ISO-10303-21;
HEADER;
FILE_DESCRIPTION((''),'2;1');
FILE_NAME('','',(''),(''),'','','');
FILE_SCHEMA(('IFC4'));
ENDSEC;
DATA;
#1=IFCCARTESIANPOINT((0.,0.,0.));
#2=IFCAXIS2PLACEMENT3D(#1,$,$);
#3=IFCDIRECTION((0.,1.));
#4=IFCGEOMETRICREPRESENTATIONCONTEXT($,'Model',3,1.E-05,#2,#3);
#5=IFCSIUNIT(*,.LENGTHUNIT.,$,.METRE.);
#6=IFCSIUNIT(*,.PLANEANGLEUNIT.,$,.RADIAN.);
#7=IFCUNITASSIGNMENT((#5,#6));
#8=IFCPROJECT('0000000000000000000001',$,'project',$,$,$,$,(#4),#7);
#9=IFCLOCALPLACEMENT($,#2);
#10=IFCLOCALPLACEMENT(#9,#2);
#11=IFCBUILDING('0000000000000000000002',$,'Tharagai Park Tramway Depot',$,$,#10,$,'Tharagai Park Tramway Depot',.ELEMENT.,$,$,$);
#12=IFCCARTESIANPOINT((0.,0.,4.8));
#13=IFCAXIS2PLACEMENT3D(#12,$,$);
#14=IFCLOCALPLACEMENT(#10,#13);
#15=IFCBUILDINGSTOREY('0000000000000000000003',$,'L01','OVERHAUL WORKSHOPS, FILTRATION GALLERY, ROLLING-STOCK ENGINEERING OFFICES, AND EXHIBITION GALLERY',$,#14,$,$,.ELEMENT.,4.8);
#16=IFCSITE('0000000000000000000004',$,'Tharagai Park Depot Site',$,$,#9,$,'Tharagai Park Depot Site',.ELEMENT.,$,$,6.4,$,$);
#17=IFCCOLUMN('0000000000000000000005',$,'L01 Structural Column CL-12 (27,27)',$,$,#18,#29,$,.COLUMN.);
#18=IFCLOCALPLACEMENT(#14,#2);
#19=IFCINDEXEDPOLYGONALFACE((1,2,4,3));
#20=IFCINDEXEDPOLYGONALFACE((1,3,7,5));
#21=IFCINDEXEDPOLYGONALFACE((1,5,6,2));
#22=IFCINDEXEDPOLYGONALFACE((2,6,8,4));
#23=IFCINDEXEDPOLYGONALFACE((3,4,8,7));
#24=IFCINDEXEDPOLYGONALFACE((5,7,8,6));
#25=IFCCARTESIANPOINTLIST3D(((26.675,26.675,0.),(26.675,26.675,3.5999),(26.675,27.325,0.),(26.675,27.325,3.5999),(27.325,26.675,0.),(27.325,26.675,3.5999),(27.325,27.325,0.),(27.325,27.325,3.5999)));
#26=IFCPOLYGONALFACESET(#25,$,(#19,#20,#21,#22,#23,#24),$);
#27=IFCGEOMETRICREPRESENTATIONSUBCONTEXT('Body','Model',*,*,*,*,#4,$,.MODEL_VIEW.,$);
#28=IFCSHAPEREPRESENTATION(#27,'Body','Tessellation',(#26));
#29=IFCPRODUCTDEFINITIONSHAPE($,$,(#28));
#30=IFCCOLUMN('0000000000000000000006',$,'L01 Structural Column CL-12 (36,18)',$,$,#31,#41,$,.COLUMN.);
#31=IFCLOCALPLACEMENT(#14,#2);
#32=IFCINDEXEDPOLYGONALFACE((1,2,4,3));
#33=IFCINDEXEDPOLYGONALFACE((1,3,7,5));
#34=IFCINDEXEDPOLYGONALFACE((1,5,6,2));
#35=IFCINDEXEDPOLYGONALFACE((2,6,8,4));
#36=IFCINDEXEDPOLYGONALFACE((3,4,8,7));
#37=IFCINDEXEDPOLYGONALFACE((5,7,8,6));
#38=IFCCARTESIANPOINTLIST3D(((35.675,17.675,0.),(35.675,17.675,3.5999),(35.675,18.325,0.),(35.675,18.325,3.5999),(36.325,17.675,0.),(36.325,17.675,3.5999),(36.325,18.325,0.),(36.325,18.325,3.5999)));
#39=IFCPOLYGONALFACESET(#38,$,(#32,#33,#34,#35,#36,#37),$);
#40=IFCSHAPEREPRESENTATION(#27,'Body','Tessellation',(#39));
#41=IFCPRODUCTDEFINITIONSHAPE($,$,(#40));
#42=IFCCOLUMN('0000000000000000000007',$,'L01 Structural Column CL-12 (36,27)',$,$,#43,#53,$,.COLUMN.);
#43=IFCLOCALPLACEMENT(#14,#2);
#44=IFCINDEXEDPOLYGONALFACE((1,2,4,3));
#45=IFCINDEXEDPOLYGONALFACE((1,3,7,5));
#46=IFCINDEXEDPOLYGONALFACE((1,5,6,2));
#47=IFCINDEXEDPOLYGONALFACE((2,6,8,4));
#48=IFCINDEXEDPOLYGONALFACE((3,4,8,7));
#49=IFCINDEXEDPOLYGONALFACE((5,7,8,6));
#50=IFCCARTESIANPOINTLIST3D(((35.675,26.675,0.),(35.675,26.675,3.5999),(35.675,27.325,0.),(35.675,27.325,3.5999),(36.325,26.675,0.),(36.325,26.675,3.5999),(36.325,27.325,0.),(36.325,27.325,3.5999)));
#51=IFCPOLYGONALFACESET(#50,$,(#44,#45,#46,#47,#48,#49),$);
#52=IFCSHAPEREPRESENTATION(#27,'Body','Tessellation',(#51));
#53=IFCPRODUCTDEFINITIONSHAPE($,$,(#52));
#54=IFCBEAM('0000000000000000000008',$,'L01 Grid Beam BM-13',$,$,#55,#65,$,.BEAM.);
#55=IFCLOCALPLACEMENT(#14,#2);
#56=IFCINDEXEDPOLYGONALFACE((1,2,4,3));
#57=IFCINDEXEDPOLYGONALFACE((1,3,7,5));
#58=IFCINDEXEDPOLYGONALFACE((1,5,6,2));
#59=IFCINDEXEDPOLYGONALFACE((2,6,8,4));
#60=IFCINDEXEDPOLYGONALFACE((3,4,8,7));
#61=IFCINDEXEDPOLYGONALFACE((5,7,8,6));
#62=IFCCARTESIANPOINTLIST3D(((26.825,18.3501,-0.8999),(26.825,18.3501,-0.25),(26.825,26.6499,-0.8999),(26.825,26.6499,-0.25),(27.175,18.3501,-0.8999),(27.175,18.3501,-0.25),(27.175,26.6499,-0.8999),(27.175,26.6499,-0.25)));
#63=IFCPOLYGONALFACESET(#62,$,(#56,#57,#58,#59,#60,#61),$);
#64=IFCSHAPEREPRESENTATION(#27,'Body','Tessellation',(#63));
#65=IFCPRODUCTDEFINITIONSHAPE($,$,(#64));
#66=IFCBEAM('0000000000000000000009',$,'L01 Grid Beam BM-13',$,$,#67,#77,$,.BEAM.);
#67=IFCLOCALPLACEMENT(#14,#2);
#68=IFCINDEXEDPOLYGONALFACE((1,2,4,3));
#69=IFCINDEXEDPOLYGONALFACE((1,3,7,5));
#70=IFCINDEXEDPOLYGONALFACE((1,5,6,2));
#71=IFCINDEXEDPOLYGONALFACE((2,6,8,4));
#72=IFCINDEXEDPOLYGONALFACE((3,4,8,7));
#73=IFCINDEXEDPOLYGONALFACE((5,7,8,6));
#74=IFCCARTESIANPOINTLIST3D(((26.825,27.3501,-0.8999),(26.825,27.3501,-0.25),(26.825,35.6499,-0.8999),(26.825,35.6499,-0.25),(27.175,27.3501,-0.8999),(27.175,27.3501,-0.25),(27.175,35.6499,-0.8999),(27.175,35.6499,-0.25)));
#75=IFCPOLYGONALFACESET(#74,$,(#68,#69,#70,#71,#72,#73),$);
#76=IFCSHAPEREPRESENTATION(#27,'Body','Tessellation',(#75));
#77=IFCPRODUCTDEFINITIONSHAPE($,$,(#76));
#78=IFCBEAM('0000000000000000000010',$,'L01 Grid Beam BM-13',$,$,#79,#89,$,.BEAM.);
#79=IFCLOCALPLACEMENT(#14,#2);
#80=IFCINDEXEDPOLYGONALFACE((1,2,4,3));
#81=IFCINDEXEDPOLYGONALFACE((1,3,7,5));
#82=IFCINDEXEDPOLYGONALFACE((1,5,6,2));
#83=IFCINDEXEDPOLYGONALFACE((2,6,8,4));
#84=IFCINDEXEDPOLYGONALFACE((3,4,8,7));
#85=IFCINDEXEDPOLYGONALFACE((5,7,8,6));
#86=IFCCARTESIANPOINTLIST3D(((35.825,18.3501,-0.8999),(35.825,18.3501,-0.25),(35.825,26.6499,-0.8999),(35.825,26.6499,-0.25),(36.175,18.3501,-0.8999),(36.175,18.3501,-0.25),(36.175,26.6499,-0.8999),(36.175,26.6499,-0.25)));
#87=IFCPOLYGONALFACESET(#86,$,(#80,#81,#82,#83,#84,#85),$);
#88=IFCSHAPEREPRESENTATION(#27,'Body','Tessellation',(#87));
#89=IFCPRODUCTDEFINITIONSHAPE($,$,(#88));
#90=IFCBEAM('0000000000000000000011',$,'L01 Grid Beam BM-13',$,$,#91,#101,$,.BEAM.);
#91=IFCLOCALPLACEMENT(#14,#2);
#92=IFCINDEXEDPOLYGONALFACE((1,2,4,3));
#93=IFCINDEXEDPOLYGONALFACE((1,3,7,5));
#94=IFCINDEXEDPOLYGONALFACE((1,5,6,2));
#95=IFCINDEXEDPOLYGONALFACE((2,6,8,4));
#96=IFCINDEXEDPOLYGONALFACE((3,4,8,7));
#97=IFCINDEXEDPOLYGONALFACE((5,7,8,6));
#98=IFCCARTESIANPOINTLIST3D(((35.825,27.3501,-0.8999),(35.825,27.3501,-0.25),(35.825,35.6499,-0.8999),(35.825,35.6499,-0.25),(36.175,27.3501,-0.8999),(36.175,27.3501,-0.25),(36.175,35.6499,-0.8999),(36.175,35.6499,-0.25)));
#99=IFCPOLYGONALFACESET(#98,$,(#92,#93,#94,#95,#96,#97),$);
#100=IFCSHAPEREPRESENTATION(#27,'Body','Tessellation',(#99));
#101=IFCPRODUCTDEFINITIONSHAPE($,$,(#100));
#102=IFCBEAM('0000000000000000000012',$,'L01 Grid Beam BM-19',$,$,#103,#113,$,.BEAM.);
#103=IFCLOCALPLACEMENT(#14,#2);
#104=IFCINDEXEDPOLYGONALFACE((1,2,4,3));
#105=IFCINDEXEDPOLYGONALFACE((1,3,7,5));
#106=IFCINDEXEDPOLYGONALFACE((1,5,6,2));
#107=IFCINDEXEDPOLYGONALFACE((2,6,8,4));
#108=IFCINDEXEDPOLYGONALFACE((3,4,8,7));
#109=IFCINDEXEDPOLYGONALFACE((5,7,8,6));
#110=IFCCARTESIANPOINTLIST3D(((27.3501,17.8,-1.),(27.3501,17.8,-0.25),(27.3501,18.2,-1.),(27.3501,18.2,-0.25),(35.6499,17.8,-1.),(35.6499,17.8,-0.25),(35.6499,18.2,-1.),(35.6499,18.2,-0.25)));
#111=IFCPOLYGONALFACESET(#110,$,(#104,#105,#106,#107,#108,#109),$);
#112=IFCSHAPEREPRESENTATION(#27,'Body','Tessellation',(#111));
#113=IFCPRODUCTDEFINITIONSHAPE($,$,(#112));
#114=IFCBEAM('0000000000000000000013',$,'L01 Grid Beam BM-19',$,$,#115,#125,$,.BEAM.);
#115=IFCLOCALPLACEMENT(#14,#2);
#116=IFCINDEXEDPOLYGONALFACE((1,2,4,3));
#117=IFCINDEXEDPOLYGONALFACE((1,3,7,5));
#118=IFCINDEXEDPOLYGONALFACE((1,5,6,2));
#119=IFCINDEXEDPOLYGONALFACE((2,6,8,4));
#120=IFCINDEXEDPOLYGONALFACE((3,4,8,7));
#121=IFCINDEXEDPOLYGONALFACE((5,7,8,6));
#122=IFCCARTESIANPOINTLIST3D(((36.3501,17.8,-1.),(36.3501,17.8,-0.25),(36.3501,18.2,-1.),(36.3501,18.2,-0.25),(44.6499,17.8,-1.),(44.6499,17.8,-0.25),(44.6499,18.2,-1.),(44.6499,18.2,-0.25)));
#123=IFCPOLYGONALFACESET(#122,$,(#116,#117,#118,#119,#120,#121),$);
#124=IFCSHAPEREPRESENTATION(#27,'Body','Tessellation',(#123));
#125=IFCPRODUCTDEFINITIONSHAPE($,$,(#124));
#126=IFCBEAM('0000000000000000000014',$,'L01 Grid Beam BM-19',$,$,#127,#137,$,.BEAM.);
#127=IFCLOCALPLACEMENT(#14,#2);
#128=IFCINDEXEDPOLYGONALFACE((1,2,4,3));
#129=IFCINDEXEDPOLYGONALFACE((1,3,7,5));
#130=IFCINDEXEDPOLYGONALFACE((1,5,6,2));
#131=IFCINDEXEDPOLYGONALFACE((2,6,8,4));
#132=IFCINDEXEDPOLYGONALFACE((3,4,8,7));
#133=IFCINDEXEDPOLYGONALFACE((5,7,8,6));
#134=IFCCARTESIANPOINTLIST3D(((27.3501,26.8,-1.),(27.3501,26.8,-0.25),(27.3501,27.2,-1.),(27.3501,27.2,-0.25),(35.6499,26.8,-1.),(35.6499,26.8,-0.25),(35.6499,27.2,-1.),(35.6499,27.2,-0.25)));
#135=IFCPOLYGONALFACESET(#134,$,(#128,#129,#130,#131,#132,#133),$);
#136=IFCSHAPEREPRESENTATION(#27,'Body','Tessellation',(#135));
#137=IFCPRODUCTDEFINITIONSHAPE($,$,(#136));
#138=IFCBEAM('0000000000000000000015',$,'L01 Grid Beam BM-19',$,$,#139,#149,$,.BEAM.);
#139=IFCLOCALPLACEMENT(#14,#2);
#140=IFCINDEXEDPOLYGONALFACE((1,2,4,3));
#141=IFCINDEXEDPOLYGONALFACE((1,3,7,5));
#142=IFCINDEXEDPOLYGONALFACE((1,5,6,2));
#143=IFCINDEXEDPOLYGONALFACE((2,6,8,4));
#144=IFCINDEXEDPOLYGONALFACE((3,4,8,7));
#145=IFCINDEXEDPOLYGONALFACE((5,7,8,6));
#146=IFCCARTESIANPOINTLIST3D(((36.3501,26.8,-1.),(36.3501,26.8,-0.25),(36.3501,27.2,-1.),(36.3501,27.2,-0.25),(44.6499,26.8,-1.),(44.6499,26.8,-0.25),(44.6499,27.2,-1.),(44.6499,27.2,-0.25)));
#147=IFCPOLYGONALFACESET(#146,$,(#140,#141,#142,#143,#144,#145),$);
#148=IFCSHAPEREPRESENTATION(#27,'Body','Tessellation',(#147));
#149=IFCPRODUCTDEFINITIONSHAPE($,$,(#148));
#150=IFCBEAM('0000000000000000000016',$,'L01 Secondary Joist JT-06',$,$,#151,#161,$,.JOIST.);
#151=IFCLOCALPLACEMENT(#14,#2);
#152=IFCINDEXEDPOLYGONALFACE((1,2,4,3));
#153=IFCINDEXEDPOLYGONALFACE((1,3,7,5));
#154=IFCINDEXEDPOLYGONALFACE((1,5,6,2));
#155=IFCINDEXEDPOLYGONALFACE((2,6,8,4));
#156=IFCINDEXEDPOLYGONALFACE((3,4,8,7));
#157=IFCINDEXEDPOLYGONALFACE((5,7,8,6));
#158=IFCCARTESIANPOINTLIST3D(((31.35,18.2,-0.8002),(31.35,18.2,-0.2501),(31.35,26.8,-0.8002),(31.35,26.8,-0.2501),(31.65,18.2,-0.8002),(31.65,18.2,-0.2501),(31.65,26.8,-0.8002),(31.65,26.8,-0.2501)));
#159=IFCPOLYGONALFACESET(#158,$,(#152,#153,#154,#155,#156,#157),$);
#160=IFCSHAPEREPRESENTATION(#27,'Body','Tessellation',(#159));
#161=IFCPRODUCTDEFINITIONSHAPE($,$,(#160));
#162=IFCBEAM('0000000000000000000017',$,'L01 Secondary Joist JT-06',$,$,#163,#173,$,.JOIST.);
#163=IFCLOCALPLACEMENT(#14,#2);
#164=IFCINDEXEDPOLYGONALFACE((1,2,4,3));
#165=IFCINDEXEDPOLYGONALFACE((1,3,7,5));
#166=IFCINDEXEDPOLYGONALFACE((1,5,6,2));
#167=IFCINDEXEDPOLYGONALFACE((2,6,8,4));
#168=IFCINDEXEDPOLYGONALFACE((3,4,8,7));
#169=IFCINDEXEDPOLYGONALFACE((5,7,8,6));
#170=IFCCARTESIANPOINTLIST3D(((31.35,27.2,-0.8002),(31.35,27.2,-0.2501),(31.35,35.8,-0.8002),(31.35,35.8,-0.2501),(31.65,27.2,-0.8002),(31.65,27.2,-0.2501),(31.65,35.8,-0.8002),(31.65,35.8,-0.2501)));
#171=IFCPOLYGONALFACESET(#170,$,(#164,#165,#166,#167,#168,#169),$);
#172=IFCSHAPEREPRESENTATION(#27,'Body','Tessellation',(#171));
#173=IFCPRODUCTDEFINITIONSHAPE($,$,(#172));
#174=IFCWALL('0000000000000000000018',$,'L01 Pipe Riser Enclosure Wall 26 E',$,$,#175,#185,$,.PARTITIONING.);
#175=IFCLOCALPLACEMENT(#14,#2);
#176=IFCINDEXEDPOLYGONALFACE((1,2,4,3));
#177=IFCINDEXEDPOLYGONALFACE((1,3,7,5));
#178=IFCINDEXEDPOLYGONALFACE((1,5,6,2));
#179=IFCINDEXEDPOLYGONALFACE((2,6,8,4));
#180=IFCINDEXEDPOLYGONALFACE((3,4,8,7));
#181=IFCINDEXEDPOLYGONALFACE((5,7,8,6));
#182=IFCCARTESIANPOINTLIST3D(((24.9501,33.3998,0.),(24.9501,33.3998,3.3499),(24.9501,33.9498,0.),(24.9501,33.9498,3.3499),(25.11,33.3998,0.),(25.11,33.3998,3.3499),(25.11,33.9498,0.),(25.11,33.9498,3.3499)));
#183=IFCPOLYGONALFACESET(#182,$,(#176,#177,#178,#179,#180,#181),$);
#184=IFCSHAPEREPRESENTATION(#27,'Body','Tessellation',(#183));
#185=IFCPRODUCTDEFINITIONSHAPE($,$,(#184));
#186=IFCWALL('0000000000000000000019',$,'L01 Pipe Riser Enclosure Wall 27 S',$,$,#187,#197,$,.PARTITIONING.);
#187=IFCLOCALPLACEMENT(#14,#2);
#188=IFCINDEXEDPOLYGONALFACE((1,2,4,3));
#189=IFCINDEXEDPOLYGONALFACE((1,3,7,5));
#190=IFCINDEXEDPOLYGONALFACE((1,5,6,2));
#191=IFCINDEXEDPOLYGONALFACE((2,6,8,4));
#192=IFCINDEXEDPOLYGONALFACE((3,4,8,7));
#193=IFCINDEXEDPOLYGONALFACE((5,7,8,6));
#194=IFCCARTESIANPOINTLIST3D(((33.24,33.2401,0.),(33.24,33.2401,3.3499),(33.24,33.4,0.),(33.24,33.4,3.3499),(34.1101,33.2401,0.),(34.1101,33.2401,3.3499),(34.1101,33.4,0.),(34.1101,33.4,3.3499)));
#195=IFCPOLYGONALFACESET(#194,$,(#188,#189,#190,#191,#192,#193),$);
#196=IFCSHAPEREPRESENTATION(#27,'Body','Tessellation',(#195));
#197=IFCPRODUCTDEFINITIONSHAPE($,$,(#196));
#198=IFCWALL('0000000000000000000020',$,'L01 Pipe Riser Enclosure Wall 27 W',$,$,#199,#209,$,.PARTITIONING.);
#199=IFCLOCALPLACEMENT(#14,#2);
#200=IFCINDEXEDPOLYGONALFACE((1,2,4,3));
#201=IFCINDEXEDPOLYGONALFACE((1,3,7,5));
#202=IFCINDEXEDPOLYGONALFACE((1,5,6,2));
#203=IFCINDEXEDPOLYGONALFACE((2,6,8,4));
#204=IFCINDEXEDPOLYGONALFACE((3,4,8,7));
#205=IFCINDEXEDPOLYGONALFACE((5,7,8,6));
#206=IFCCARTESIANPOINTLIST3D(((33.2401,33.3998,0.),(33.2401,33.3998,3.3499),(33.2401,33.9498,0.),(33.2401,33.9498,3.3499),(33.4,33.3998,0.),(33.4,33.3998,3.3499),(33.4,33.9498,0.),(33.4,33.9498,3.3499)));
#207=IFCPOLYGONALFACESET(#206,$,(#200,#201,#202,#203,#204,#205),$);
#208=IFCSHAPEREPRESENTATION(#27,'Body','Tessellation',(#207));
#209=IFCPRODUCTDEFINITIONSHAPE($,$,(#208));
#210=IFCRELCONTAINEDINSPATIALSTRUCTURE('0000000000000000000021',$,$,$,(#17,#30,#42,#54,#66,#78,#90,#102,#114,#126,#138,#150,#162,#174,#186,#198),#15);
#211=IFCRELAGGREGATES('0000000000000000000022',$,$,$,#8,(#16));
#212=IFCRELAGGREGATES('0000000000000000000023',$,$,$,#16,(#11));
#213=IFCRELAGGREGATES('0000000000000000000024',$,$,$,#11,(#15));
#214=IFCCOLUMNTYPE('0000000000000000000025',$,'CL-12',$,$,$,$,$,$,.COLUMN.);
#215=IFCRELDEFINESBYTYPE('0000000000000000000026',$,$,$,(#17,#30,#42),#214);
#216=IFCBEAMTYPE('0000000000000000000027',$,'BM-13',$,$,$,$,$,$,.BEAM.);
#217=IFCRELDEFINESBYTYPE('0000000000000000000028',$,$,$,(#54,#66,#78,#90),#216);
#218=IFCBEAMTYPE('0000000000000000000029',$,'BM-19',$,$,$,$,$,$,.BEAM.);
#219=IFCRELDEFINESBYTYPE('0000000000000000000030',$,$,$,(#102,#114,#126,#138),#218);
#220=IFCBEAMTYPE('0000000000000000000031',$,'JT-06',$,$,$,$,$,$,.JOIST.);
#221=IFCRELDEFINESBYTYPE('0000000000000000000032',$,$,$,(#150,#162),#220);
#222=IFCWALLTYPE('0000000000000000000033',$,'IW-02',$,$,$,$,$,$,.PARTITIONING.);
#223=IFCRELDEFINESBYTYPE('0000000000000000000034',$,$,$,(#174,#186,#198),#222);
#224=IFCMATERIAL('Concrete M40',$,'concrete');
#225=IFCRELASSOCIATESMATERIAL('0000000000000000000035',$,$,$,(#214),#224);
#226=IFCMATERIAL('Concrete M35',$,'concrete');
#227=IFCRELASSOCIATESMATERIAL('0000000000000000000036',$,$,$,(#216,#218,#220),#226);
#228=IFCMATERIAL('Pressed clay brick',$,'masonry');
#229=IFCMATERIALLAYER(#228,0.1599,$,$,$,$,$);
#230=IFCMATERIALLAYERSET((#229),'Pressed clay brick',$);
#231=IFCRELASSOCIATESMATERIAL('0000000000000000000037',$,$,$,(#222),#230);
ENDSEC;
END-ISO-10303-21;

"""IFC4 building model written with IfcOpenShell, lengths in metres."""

from ifc_helpers import new_model, si_unit, direction, frame, frame_2d, origin, origin_2d, place, context, subcontext, project, spatial, rectangle, extrude, material, layer, layer_set, material_profile, profile_set, type_object, element, save


model = new_model("IFC4")

# Units and contexts
model_context = context("Model", 3, precision=1e-05, world=origin(), true_north=direction((0.0, 1.0)))
body_context = subcontext(model_context, "Body", "Model", "MODEL_VIEW")
ifc_project = project(units=[si_unit("LENGTHUNIT", "METRE"), si_unit("PLANEANGLEUNIT", "RADIAN")], contexts=[model_context])

# Site, building, storey
site_placement = place(None, origin())
site = spatial("IfcSite", under=ifc_project, at=site_placement, Name="Tharagai Park Depot Site", LongName="Tharagai Park Depot Site", CompositionType="ELEMENT", RefElevation=6.4)
building_placement = place(site_placement, origin())
building = spatial("IfcBuilding", under=site, at=building_placement, Name="Tharagai Park Tramway Depot", LongName="Tharagai Park Tramway Depot", CompositionType="ELEMENT")
storey_placement = place(building_placement, frame((0.0, 0.0, 4.8)))
storey = spatial("IfcBuildingStorey", under=building, at=storey_placement, Name="L01", Description="OVERHAUL WORKSHOPS, FILTRATION GALLERY, ROLLING-STOCK ENGINEERING OFFICES, AND EXHIBITION GALLERY", CompositionType="ELEMENT", Elevation=4.8)

# Columns
ifc_material_1 = material(Name="Concrete M40", Category="concrete")
ifc_material_profile_1 = material_profile(ifc_material_1, rectangle(XDim=0.6499, YDim=0.6499, at=origin_2d()), Name="RC 650x650")
ifc_profile_set_1 = profile_set([ifc_material_profile_1], Name="Concrete M40")
column_type = type_object("IfcColumnType", Name="CL-12", PredefinedType="COLUMN", material=ifc_profile_set_1)
for number, where, z_axis, x_axis, name in (
    (1, (27.0, 27.0, 0.0), (0.0, 0.0, 1.0), (1.0, 0.0, 0.0), "L01 Structural Column CL-12 (27,27)"),
    (2, (36.0, 18.0, 0.0), (0.0, 0.0, 1.0), (1.0, 0.0, 0.0), "L01 Structural Column CL-12 (36,18)"),
    (3, (36.0, 27.0, 0.0), (0.0, 0.0, 1.0), (1.0, 0.0, 0.0), "L01 Structural Column CL-12 (36,27)"),
):
    element("IfcColumn", number, at=place(storey_placement, frame(where, z_axis=z_axis, x_axis=x_axis)), inside=storey, type_object=column_type, Name=name, PredefinedType="COLUMN", context=body_context, shape_type="SweptSolid", body=[
        extrude(rectangle(XDim=0.6499, YDim=0.6499, at=origin_2d()), origin(), (0.0, 0.0, 1.0), 3.5999),
    ])

# Beams
ifc_material_2 = material(Name="Concrete M35", Category="concrete")
ifc_material_profile_2 = material_profile(ifc_material_2, rectangle(XDim=0.3501, YDim=0.6499, at=origin_2d()), Name="RC 350x650")
ifc_profile_set_2 = profile_set([ifc_material_profile_2], Name="Concrete M35")
beam_type_1 = type_object("IfcBeamType", Name="BM-13", PredefinedType="BEAM", material=ifc_profile_set_2)
for number, where, z_axis, x_axis, name in (
    (4, (27.0, 18.3501, -0.575), (0.0, 1.0, 0.0), (-1.0, 0.0, 0.0), "L01 Grid Beam BM-13"),
    (5, (27.0, 27.3501, -0.575), (0.0, 1.0, 0.0), (-1.0, 0.0, 0.0), "L01 Grid Beam BM-13"),
    (6, (36.0, 18.3501, -0.575), (0.0, 1.0, 0.0), (-1.0, 0.0, 0.0), "L01 Grid Beam BM-13"),
    (7, (36.0, 27.3501, -0.575), (0.0, 1.0, 0.0), (-1.0, 0.0, 0.0), "L01 Grid Beam BM-13"),
):
    element("IfcBeam", number, at=place(storey_placement, frame(where, z_axis=z_axis, x_axis=x_axis)), inside=storey, type_object=beam_type_1, Name=name, PredefinedType="BEAM", context=body_context, shape_type="SweptSolid", body=[
        extrude(rectangle(XDim=0.3501, YDim=0.6499, at=origin_2d()), origin(), (0.0, 0.0, 1.0), 8.2998),
    ])
ifc_material_profile_3 = material_profile(ifc_material_2, rectangle(XDim=0.3999, YDim=0.75, at=origin_2d()), Name="RC 400x750")
ifc_profile_set_3 = profile_set([ifc_material_profile_3], Name="Concrete M35")
beam_type_2 = type_object("IfcBeamType", Name="BM-19", PredefinedType="BEAM", material=ifc_profile_set_3)
for number, where, z_axis, x_axis, name in (
    (8, (27.3501, 18.0, -0.625), (1.0, 0.0, 0.0), (0.0, 1.0, 0.0), "L01 Grid Beam BM-19"),
    (9, (36.3501, 18.0, -0.625), (1.0, 0.0, 0.0), (0.0, 1.0, 0.0), "L01 Grid Beam BM-19"),
    (10, (27.3501, 27.0, -0.625), (1.0, 0.0, 0.0), (0.0, 1.0, 0.0), "L01 Grid Beam BM-19"),
    (11, (36.3501, 27.0, -0.625), (1.0, 0.0, 0.0), (0.0, 1.0, 0.0), "L01 Grid Beam BM-19"),
):
    element("IfcBeam", number, at=place(storey_placement, frame(where, z_axis=z_axis, x_axis=x_axis)), inside=storey, type_object=beam_type_2, Name=name, PredefinedType="BEAM", context=body_context, shape_type="SweptSolid", body=[
        extrude(rectangle(XDim=0.3999, YDim=0.75, at=origin_2d()), origin(), (0.0, 0.0, 1.0), 8.2998),
    ])
ifc_material_profile_4 = material_profile(ifc_material_2, rectangle(XDim=0.3, YDim=0.55, at=origin_2d()), Name="RC 300x550")
ifc_profile_set_4 = profile_set([ifc_material_profile_4], Name="Concrete M35")
beam_type_3 = type_object("IfcBeamType", Name="JT-06", PredefinedType="JOIST", material=ifc_profile_set_4)
for number, where, z_axis, x_axis, name in (
    (12, (31.5, 18.2, -0.5251), (0.0, 1.0, 0.0), (-1.0, 0.0, 0.0), "L01 Secondary Joist JT-06"),
    (13, (31.5, 27.2, -0.5251), (0.0, 1.0, 0.0), (-1.0, 0.0, 0.0), "L01 Secondary Joist JT-06"),
):
    element("IfcBeam", number, at=place(storey_placement, frame(where, z_axis=z_axis, x_axis=x_axis)), inside=storey, type_object=beam_type_3, Name=name, PredefinedType="JOIST", context=body_context, shape_type="SweptSolid", body=[
        extrude(rectangle(XDim=0.3, YDim=0.55, at=origin_2d()), origin(), (0.0, 0.0, 1.0), 8.6001),
    ])

# Walls
ifc_material_3 = material(Name="Pressed clay brick", Category="masonry")
ifc_layer = layer(ifc_material_3, 0.1599)
ifc_layer_set = layer_set([ifc_layer], Name="Pressed clay brick")
wall_type = type_object("IfcWallType", Name="IW-02", PredefinedType="PARTITIONING", material=ifc_layer_set)
wall_1_placement = place(storey_placement, frame((25.03, 33.3999, 0.0), z_axis=(0.0, 0.0, 1.0), x_axis=(0.0, 1.0, 0.0)))
element("IfcWall", 14, at=wall_1_placement, inside=storey, type_object=wall_type, Name="L01 Pipe Riser Enclosure Wall 26 E", PredefinedType="PARTITIONING", context=body_context, shape_type="SweptSolid", body=[
    extrude(rectangle(XDim=0.55, YDim=0.1599, at=frame_2d((0.2749, 0.0))), origin(), (0.0, 0.0, 1.0), 3.3499),
])
wall_2_placement = place(storey_placement, frame((33.24, 33.3201, 0.0), z_axis=(0.0, 0.0, 1.0), x_axis=(1.0, 0.0, 0.0)))
element("IfcWall", 15, at=wall_2_placement, inside=storey, type_object=wall_type, Name="L01 Pipe Riser Enclosure Wall 27 S", PredefinedType="PARTITIONING", context=body_context, shape_type="SweptSolid", body=[
    extrude(rectangle(XDim=0.8701, YDim=0.1599, at=frame_2d((0.4351, 0.0))), origin(), (0.0, 0.0, 1.0), 3.3499),
])
for number, where, z_axis, x_axis, name in (
    (16, (33.3201, 33.3999, 0.0), (0.0, 0.0, 1.0), (0.0, 1.0, 0.0), "L01 Pipe Riser Enclosure Wall 27 W"),
):
    element("IfcWall", number, at=place(storey_placement, frame(where, z_axis=z_axis, x_axis=x_axis)), inside=storey, type_object=wall_type, Name=name, PredefinedType="PARTITIONING", context=body_context, shape_type="SweptSolid", body=[
        extrude(rectangle(XDim=0.55, YDim=0.1599, at=frame_2d((0.2749, 0.0))), origin(), (0.0, 0.0, 1.0), 3.3499),
    ])

save(model, "model.ifc")
